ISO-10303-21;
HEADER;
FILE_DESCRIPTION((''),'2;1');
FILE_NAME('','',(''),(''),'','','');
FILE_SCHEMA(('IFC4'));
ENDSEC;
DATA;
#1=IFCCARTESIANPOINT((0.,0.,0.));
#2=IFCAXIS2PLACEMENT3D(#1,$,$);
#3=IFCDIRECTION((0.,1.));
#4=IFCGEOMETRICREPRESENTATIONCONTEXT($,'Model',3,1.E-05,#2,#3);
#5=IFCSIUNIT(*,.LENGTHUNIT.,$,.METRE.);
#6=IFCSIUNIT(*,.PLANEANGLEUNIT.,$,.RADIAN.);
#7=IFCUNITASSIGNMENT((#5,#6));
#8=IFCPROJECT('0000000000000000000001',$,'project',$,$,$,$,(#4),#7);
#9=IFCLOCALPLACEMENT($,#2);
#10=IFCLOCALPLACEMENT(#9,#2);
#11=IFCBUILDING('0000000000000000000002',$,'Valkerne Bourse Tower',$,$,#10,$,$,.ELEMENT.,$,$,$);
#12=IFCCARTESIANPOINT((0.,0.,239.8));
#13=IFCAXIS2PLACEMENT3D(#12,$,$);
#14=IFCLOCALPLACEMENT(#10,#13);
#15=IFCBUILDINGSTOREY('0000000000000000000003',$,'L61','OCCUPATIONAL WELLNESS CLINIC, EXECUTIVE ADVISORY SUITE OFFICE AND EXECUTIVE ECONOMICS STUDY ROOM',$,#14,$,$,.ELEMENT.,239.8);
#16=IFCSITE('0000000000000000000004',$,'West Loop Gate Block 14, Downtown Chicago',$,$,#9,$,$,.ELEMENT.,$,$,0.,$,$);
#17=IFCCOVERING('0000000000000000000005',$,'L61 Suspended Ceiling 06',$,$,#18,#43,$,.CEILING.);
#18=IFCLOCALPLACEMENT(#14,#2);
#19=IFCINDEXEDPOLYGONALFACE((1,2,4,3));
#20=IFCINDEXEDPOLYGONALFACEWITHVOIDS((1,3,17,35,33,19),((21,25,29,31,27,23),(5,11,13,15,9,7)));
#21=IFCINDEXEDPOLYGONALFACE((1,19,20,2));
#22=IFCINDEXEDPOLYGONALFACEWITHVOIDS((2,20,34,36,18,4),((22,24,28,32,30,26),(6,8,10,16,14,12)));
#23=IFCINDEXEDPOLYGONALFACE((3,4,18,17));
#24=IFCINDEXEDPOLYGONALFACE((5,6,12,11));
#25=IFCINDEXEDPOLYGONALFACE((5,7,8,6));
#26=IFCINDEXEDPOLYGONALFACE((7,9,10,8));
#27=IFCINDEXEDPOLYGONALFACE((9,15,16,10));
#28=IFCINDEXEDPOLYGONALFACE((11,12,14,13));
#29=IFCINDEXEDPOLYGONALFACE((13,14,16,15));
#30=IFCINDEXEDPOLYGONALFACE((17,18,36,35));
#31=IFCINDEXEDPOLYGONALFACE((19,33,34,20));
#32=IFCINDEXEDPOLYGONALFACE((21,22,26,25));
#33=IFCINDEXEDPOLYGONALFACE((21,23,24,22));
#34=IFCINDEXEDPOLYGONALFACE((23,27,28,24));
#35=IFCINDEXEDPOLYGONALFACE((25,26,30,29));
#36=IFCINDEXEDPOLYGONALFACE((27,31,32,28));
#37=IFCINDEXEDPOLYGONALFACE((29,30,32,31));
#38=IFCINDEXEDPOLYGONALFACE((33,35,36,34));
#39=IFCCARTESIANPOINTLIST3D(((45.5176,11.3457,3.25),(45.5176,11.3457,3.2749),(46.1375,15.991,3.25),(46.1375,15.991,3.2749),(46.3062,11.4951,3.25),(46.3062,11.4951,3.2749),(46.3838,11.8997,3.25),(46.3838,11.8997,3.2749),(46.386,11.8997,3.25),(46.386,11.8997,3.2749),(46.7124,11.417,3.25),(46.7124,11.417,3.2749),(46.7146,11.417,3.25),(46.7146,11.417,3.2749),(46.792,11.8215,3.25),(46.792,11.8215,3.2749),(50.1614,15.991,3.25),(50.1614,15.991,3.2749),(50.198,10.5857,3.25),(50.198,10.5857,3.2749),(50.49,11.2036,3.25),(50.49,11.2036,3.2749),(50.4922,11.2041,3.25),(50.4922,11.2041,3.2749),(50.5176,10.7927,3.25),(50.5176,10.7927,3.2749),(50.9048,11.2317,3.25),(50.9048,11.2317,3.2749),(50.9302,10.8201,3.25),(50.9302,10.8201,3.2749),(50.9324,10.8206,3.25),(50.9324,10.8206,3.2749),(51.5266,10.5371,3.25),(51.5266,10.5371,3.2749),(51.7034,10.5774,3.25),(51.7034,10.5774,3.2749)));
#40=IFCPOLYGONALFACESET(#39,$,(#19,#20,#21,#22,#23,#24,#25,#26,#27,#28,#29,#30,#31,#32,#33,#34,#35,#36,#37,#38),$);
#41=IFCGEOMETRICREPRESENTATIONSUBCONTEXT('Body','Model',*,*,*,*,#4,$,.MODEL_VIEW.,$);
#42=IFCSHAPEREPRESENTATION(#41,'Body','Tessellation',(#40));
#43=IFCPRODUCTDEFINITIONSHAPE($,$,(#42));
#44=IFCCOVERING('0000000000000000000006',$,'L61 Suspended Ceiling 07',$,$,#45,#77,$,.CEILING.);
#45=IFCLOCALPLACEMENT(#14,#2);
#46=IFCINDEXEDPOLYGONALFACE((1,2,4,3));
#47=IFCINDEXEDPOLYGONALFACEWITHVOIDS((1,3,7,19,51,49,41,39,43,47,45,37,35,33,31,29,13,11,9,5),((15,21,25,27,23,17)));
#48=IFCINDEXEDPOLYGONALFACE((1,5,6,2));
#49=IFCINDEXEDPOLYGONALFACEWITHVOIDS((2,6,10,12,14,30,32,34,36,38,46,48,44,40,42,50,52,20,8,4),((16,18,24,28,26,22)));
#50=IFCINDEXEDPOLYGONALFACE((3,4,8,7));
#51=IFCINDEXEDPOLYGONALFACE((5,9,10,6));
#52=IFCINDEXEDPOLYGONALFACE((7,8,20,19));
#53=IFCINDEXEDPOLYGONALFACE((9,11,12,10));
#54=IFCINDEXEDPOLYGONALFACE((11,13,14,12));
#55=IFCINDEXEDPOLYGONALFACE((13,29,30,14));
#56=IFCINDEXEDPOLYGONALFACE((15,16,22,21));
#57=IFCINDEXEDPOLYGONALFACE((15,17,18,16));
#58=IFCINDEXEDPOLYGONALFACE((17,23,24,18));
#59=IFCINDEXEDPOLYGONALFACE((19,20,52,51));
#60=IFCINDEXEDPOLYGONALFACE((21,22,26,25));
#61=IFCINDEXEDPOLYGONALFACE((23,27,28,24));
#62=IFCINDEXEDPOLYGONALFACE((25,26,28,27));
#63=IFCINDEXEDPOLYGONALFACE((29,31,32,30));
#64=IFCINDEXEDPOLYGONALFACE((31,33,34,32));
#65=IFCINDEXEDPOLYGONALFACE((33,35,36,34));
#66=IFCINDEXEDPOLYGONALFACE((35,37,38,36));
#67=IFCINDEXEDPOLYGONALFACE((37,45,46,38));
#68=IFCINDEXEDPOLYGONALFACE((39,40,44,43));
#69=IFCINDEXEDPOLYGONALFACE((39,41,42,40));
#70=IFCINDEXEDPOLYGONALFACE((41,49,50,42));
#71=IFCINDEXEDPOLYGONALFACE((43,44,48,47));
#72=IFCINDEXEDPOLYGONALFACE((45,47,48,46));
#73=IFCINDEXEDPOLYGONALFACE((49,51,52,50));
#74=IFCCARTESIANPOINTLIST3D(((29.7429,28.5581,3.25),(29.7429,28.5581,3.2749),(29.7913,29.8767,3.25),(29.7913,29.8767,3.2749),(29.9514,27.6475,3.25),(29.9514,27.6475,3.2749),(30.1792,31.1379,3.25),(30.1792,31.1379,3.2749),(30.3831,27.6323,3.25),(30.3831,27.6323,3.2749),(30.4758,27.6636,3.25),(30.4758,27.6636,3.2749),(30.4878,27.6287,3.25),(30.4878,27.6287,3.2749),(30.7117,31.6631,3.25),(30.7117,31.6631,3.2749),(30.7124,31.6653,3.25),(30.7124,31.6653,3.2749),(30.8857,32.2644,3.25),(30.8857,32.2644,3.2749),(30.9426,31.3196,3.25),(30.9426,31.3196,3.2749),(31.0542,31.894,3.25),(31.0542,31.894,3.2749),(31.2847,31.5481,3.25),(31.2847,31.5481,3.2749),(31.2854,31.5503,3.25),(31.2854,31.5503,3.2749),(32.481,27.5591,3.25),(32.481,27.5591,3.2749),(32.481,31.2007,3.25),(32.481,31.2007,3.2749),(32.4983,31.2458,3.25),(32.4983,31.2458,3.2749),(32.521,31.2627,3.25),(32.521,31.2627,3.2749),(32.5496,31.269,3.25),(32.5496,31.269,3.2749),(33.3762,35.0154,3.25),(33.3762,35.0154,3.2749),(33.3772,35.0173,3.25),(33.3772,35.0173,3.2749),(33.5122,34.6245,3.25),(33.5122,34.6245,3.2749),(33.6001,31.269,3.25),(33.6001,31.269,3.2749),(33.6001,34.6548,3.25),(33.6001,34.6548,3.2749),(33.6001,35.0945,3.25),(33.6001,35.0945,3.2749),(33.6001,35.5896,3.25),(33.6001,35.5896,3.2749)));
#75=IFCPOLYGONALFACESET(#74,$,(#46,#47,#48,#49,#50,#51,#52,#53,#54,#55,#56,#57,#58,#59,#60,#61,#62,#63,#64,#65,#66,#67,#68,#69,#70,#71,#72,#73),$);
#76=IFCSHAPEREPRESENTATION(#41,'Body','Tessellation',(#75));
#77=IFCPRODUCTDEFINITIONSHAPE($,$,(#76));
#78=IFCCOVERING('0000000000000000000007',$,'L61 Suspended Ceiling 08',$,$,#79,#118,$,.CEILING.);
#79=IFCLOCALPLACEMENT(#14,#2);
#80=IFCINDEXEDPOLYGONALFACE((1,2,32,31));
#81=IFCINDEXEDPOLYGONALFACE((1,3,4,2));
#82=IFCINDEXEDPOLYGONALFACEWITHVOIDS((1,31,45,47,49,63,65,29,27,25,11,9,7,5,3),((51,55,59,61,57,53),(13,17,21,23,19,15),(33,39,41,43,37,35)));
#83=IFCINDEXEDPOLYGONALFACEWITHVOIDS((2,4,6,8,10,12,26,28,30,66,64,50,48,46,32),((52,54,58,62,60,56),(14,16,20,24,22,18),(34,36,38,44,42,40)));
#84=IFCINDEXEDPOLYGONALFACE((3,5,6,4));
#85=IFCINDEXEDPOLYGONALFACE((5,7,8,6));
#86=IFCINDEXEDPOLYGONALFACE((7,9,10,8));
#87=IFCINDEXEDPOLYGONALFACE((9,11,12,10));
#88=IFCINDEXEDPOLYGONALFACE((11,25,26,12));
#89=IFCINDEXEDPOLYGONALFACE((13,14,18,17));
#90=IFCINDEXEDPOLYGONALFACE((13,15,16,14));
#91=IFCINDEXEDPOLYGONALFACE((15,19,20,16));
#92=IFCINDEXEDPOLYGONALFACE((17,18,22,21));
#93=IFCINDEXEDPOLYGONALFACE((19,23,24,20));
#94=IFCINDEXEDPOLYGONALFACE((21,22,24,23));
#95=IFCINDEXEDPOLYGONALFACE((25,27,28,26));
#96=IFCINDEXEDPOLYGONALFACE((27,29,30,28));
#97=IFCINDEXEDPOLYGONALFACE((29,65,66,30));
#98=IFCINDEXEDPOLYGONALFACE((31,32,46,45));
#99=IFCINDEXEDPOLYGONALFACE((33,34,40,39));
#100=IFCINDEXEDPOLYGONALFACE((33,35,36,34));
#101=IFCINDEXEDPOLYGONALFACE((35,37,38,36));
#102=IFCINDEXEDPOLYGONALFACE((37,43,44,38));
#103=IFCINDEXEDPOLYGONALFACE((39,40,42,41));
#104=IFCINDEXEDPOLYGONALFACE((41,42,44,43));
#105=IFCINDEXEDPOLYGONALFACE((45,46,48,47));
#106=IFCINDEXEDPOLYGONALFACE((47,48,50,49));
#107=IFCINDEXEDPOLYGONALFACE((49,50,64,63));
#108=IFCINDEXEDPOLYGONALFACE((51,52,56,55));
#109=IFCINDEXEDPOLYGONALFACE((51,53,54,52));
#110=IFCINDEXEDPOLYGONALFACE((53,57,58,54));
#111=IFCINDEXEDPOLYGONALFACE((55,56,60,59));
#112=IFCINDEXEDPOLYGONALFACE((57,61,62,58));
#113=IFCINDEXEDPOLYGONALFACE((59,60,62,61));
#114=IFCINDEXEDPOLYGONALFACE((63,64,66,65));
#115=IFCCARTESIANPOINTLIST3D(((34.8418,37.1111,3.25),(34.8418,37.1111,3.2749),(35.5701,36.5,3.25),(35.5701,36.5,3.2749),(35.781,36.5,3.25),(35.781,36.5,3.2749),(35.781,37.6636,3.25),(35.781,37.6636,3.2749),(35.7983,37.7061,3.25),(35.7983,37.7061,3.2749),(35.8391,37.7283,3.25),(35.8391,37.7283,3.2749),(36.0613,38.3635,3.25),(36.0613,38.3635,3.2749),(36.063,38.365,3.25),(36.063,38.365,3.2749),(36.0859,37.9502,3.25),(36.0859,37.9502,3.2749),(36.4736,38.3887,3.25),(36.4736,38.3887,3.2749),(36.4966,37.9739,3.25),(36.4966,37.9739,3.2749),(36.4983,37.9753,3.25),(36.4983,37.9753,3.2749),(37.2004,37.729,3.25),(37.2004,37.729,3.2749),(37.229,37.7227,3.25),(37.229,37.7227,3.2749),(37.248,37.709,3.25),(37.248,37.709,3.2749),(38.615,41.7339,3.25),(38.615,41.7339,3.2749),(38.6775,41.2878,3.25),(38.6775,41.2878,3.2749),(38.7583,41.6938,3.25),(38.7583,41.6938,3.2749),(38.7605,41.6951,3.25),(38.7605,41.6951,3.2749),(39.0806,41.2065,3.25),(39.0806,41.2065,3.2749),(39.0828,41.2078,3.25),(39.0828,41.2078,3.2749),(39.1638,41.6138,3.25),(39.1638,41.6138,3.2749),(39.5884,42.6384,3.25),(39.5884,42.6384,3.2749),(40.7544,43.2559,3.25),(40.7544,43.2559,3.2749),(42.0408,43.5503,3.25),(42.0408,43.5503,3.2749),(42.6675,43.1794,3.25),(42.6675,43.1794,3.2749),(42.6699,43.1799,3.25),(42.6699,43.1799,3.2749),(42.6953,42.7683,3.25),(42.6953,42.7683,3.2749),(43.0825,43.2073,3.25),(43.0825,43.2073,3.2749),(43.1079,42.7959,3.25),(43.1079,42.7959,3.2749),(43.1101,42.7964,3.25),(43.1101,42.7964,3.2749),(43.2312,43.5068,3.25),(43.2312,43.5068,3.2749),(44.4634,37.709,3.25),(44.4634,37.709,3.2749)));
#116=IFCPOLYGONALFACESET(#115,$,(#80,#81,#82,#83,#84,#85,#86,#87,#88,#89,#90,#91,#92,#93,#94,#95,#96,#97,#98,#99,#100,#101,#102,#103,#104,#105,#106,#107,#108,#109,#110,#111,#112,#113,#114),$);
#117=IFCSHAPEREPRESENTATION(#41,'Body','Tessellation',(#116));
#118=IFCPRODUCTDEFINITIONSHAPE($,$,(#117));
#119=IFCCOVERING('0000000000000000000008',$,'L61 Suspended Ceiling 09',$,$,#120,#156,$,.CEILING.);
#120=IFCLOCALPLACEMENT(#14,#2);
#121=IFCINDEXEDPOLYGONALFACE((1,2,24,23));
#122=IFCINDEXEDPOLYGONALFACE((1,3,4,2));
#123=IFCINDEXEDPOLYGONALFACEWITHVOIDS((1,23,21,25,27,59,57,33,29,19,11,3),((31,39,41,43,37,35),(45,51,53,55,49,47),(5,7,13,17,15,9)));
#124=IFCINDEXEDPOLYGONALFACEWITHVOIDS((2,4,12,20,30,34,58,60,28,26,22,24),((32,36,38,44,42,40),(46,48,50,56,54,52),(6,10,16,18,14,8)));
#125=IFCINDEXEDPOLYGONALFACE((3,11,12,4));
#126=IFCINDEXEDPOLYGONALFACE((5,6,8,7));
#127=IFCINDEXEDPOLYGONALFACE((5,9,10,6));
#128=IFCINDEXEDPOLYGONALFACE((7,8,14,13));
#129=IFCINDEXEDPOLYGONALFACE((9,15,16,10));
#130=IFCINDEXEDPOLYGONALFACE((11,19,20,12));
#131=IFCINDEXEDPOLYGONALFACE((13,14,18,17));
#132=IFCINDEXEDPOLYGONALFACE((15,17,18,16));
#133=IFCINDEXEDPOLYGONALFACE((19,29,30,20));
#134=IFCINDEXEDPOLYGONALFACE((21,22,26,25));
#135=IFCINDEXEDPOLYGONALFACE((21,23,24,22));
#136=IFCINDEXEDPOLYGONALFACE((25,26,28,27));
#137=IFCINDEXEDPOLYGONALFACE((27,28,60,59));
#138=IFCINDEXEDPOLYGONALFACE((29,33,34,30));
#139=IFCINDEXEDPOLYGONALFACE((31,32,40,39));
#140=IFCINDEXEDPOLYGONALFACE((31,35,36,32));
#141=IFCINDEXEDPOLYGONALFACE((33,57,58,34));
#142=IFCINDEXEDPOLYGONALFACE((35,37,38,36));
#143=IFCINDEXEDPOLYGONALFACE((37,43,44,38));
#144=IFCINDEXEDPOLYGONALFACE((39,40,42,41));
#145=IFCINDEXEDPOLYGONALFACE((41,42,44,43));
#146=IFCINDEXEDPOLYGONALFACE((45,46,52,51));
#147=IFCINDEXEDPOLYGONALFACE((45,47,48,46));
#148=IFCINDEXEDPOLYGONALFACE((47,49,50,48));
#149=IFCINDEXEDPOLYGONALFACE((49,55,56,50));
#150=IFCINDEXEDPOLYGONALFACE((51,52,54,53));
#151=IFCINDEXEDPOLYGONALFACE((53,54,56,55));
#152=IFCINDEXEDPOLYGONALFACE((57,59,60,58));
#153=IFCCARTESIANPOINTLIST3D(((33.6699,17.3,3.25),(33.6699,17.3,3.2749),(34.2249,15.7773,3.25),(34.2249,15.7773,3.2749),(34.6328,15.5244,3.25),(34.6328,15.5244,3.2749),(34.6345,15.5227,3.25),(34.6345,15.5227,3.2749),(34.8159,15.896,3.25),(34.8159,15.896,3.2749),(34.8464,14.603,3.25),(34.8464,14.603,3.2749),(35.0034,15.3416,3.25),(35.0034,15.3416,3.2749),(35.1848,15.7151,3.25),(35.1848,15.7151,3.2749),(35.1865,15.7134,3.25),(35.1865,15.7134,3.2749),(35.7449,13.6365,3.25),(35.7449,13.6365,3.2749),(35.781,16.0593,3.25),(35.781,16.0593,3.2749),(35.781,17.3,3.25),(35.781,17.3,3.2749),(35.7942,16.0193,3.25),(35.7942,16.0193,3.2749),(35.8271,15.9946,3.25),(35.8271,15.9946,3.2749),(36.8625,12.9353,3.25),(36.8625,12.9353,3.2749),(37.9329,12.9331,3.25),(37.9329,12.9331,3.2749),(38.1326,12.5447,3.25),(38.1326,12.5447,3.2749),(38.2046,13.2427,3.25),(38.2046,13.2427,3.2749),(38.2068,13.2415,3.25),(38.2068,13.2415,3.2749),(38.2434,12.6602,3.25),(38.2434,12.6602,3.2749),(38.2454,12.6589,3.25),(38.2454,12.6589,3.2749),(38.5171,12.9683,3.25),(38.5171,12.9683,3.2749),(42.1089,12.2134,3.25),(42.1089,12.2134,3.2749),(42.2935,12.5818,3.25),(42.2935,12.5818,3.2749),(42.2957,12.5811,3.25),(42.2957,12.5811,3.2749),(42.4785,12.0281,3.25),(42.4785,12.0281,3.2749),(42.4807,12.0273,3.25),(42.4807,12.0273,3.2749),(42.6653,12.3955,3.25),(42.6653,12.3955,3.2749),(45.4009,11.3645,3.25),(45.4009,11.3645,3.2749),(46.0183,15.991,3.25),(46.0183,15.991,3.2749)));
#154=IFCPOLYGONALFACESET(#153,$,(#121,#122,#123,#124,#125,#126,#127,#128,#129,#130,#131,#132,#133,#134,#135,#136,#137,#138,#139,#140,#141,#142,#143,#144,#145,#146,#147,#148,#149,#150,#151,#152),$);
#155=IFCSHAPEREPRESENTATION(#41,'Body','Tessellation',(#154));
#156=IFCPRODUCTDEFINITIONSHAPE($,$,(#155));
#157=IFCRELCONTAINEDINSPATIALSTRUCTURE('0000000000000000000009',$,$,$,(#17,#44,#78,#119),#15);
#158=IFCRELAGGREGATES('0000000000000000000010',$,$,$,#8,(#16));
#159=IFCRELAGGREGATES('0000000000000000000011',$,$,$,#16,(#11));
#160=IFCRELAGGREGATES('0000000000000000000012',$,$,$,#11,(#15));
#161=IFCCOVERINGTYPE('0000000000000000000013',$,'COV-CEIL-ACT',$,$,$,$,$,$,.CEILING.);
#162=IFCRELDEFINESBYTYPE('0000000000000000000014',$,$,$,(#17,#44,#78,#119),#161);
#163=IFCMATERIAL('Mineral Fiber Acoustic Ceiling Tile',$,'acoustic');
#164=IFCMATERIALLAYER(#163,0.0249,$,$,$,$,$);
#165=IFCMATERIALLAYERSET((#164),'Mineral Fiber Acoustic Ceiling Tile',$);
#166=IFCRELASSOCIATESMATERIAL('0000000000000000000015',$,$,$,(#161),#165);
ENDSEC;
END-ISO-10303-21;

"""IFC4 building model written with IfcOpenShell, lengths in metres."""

from ifc_helpers import new_model, si_unit, direction, frame, origin, place, context, subcontext, project, spatial, polyline, outline, extrude, material, layer, layer_set, type_object, element, save


model = new_model("IFC4")

# Units and contexts
model_context = context("Model", 3, precision=1e-05, world=origin(), true_north=direction((0.0, 1.0)))
body_context = subcontext(model_context, "Body", "Model", "MODEL_VIEW")
ifc_project = project(units=[si_unit("LENGTHUNIT", "METRE"), si_unit("PLANEANGLEUNIT", "RADIAN")], contexts=[model_context])

# Site, building, storey
site_placement = place(None, origin())
site = spatial("IfcSite", under=ifc_project, at=site_placement, Name="West Loop Gate Block 14, Downtown Chicago", CompositionType="ELEMENT", RefElevation=0.0)
building_placement = place(site_placement, origin())
building = spatial("IfcBuilding", under=site, at=building_placement, Name="Valkerne Bourse Tower", CompositionType="ELEMENT")
storey_placement = place(building_placement, frame((0.0, 0.0, 239.8)))
storey = spatial("IfcBuildingStorey", under=building, at=storey_placement, Name="L61", Description="OCCUPATIONAL WELLNESS CLINIC, EXECUTIVE ADVISORY SUITE OFFICE AND EXECUTIVE ECONOMICS STUDY ROOM", CompositionType="ELEMENT", Elevation=239.8)

# Coverings
ifc_material_1 = material(Name="Mineral Fiber Acoustic Ceiling Tile", Category="acoustic")
ifc_layer_1 = layer(ifc_material_1, 0.0249)
ifc_layer_set_1 = layer_set([ifc_layer_1], Name="Mineral Fiber Acoustic Ceiling Tile")
covering_type_1 = type_object("IfcCoveringType", Name="COV-CEIL-ACT", PredefinedType="CEILING", material=ifc_layer_set_1)
covering_1_placement = place(storey_placement, frame((0.0, 0.0, 3.25)))
element("IfcCovering", 1, at=covering_1_placement, inside=storey, type_object=covering_type_1, Name="L61 Suspended Ceiling 06", PredefinedType="CEILING", context=body_context, shape_type="SweptSolid", body=[
    extrude(outline(polyline([(45.5176, 11.3457), (46.1375, 15.991), (50.1614, 15.991), (51.7034, 10.5774), (51.5266, 10.5371), (50.198, 10.5857), (45.5176, 11.3457)]), holes=[polyline([(46.386, 11.8997), (46.3838, 11.8997), (46.3062, 11.4951), (46.7124, 11.417), (46.7146, 11.417), (46.792, 11.8215), (46.386, 11.8997)]), polyline([(50.9324, 10.8206), (50.9048, 11.2317), (50.4922, 11.2041), (50.49, 11.2036), (50.5176, 10.7927), (50.9302, 10.8201), (50.9324, 10.8206)])]), origin(), (0.0, 0.0, 1.0), 0.0249),
])
covering_2_placement = place(storey_placement, frame((0.0, 0.0, 3.25)))
element("IfcCovering", 2, at=covering_2_placement, inside=storey, type_object=covering_type_1, Name="L61 Suspended Ceiling 07", PredefinedType="CEILING", context=body_context, shape_type="SweptSolid", body=[
    extrude(outline(polyline([(30.1792, 31.1379), (30.8857, 32.2644), (33.6001, 35.5896), (33.6001, 35.0945), (33.3772, 35.0173), (33.3762, 35.0154), (33.5122, 34.6245), (33.6001, 34.6548), (33.6001, 31.269), (32.5496, 31.269), (32.521, 31.2627), (32.4983, 31.2458), (32.481, 31.2007), (32.481, 27.5591), (30.4878, 27.6287), (30.4758, 27.6636), (30.3831, 27.6323), (29.9514, 27.6475), (29.7429, 28.5581), (29.7913, 29.8767), (30.1792, 31.1379)]), holes=[polyline([(31.2854, 31.5503), (31.0542, 31.894), (30.7124, 31.6653), (30.7117, 31.6631), (30.9426, 31.3196), (31.2847, 31.5481), (31.2854, 31.5503)])]), origin(), (0.0, 0.0, 1.0), 0.0249),
])
covering_3_placement = place(storey_placement, frame((0.0, 0.0, 3.25)))
element("IfcCovering", 3, at=covering_3_placement, inside=storey, type_object=covering_type_1, Name="L61 Suspended Ceiling 08", PredefinedType="CEILING", context=body_context, shape_type="SweptSolid", body=[
    extrude(outline(polyline([(40.7544, 43.2559), (42.0408, 43.5503), (43.2312, 43.5068), (44.4634, 37.709), (37.248, 37.709), (37.229, 37.7227), (37.2004, 37.729), (35.8391, 37.7283), (35.7983, 37.7061), (35.781, 37.6636), (35.781, 36.5), (35.5701, 36.5), (34.8418, 37.1111), (38.615, 41.7339), (39.5884, 42.6384), (40.7544, 43.2559)]), holes=[polyline([(36.4966, 37.9739), (36.4983, 37.9753), (36.4736, 38.3887), (36.063, 38.365), (36.0613, 38.3635), (36.0859, 37.9502), (36.4966, 37.9739)]), polyline([(39.0828, 41.2078), (39.1638, 41.6138), (38.7605, 41.6951), (38.7583, 41.6938), (38.6775, 41.2878), (39.0806, 41.2065), (39.0828, 41.2078)]), polyline([(43.1101, 42.7964), (43.0825, 43.2073), (42.6699, 43.1799), (42.6675, 43.1794), (42.6953, 42.7683), (43.1079, 42.7959), (43.1101, 42.7964)])]), origin(), (0.0, 0.0, 1.0), 0.0249),
])
covering_4_placement = place(storey_placement, frame((0.0, 0.0, 3.25)))
element("IfcCovering", 4, at=covering_4_placement, inside=storey, type_object=covering_type_1, Name="L61 Suspended Ceiling 09", PredefinedType="CEILING", context=body_context, shape_type="SweptSolid", body=[
    extrude(outline(polyline([(35.7449, 13.6365), (34.8464, 14.603), (34.2249, 15.7773), (33.6699, 17.3), (35.781, 17.3), (35.781, 16.0593), (35.7942, 16.0193), (35.8271, 15.9946), (46.0183, 15.991), (45.4009, 11.3645), (38.1326, 12.5447), (36.8625, 12.9353), (35.7449, 13.6365)]), holes=[polyline([(42.2957, 12.5811), (42.2935, 12.5818), (42.1089, 12.2134), (42.4785, 12.0281), (42.4807, 12.0273), (42.6653, 12.3955), (42.2957, 12.5811)]), polyline([(38.2068, 13.2415), (38.2046, 13.2427), (37.9329, 12.9331), (38.2434, 12.6602), (38.2454, 12.6589), (38.5171, 12.9683), (38.2068, 13.2415)]), polyline([(35.1848, 15.7151), (34.8159, 15.896), (34.6328, 15.5244), (34.6345, 15.5227), (35.0034, 15.3416), (35.1865, 15.7134), (35.1848, 15.7151)])]), origin(), (0.0, 0.0, 1.0), 0.0249),
])

save(model, "model.ifc")
